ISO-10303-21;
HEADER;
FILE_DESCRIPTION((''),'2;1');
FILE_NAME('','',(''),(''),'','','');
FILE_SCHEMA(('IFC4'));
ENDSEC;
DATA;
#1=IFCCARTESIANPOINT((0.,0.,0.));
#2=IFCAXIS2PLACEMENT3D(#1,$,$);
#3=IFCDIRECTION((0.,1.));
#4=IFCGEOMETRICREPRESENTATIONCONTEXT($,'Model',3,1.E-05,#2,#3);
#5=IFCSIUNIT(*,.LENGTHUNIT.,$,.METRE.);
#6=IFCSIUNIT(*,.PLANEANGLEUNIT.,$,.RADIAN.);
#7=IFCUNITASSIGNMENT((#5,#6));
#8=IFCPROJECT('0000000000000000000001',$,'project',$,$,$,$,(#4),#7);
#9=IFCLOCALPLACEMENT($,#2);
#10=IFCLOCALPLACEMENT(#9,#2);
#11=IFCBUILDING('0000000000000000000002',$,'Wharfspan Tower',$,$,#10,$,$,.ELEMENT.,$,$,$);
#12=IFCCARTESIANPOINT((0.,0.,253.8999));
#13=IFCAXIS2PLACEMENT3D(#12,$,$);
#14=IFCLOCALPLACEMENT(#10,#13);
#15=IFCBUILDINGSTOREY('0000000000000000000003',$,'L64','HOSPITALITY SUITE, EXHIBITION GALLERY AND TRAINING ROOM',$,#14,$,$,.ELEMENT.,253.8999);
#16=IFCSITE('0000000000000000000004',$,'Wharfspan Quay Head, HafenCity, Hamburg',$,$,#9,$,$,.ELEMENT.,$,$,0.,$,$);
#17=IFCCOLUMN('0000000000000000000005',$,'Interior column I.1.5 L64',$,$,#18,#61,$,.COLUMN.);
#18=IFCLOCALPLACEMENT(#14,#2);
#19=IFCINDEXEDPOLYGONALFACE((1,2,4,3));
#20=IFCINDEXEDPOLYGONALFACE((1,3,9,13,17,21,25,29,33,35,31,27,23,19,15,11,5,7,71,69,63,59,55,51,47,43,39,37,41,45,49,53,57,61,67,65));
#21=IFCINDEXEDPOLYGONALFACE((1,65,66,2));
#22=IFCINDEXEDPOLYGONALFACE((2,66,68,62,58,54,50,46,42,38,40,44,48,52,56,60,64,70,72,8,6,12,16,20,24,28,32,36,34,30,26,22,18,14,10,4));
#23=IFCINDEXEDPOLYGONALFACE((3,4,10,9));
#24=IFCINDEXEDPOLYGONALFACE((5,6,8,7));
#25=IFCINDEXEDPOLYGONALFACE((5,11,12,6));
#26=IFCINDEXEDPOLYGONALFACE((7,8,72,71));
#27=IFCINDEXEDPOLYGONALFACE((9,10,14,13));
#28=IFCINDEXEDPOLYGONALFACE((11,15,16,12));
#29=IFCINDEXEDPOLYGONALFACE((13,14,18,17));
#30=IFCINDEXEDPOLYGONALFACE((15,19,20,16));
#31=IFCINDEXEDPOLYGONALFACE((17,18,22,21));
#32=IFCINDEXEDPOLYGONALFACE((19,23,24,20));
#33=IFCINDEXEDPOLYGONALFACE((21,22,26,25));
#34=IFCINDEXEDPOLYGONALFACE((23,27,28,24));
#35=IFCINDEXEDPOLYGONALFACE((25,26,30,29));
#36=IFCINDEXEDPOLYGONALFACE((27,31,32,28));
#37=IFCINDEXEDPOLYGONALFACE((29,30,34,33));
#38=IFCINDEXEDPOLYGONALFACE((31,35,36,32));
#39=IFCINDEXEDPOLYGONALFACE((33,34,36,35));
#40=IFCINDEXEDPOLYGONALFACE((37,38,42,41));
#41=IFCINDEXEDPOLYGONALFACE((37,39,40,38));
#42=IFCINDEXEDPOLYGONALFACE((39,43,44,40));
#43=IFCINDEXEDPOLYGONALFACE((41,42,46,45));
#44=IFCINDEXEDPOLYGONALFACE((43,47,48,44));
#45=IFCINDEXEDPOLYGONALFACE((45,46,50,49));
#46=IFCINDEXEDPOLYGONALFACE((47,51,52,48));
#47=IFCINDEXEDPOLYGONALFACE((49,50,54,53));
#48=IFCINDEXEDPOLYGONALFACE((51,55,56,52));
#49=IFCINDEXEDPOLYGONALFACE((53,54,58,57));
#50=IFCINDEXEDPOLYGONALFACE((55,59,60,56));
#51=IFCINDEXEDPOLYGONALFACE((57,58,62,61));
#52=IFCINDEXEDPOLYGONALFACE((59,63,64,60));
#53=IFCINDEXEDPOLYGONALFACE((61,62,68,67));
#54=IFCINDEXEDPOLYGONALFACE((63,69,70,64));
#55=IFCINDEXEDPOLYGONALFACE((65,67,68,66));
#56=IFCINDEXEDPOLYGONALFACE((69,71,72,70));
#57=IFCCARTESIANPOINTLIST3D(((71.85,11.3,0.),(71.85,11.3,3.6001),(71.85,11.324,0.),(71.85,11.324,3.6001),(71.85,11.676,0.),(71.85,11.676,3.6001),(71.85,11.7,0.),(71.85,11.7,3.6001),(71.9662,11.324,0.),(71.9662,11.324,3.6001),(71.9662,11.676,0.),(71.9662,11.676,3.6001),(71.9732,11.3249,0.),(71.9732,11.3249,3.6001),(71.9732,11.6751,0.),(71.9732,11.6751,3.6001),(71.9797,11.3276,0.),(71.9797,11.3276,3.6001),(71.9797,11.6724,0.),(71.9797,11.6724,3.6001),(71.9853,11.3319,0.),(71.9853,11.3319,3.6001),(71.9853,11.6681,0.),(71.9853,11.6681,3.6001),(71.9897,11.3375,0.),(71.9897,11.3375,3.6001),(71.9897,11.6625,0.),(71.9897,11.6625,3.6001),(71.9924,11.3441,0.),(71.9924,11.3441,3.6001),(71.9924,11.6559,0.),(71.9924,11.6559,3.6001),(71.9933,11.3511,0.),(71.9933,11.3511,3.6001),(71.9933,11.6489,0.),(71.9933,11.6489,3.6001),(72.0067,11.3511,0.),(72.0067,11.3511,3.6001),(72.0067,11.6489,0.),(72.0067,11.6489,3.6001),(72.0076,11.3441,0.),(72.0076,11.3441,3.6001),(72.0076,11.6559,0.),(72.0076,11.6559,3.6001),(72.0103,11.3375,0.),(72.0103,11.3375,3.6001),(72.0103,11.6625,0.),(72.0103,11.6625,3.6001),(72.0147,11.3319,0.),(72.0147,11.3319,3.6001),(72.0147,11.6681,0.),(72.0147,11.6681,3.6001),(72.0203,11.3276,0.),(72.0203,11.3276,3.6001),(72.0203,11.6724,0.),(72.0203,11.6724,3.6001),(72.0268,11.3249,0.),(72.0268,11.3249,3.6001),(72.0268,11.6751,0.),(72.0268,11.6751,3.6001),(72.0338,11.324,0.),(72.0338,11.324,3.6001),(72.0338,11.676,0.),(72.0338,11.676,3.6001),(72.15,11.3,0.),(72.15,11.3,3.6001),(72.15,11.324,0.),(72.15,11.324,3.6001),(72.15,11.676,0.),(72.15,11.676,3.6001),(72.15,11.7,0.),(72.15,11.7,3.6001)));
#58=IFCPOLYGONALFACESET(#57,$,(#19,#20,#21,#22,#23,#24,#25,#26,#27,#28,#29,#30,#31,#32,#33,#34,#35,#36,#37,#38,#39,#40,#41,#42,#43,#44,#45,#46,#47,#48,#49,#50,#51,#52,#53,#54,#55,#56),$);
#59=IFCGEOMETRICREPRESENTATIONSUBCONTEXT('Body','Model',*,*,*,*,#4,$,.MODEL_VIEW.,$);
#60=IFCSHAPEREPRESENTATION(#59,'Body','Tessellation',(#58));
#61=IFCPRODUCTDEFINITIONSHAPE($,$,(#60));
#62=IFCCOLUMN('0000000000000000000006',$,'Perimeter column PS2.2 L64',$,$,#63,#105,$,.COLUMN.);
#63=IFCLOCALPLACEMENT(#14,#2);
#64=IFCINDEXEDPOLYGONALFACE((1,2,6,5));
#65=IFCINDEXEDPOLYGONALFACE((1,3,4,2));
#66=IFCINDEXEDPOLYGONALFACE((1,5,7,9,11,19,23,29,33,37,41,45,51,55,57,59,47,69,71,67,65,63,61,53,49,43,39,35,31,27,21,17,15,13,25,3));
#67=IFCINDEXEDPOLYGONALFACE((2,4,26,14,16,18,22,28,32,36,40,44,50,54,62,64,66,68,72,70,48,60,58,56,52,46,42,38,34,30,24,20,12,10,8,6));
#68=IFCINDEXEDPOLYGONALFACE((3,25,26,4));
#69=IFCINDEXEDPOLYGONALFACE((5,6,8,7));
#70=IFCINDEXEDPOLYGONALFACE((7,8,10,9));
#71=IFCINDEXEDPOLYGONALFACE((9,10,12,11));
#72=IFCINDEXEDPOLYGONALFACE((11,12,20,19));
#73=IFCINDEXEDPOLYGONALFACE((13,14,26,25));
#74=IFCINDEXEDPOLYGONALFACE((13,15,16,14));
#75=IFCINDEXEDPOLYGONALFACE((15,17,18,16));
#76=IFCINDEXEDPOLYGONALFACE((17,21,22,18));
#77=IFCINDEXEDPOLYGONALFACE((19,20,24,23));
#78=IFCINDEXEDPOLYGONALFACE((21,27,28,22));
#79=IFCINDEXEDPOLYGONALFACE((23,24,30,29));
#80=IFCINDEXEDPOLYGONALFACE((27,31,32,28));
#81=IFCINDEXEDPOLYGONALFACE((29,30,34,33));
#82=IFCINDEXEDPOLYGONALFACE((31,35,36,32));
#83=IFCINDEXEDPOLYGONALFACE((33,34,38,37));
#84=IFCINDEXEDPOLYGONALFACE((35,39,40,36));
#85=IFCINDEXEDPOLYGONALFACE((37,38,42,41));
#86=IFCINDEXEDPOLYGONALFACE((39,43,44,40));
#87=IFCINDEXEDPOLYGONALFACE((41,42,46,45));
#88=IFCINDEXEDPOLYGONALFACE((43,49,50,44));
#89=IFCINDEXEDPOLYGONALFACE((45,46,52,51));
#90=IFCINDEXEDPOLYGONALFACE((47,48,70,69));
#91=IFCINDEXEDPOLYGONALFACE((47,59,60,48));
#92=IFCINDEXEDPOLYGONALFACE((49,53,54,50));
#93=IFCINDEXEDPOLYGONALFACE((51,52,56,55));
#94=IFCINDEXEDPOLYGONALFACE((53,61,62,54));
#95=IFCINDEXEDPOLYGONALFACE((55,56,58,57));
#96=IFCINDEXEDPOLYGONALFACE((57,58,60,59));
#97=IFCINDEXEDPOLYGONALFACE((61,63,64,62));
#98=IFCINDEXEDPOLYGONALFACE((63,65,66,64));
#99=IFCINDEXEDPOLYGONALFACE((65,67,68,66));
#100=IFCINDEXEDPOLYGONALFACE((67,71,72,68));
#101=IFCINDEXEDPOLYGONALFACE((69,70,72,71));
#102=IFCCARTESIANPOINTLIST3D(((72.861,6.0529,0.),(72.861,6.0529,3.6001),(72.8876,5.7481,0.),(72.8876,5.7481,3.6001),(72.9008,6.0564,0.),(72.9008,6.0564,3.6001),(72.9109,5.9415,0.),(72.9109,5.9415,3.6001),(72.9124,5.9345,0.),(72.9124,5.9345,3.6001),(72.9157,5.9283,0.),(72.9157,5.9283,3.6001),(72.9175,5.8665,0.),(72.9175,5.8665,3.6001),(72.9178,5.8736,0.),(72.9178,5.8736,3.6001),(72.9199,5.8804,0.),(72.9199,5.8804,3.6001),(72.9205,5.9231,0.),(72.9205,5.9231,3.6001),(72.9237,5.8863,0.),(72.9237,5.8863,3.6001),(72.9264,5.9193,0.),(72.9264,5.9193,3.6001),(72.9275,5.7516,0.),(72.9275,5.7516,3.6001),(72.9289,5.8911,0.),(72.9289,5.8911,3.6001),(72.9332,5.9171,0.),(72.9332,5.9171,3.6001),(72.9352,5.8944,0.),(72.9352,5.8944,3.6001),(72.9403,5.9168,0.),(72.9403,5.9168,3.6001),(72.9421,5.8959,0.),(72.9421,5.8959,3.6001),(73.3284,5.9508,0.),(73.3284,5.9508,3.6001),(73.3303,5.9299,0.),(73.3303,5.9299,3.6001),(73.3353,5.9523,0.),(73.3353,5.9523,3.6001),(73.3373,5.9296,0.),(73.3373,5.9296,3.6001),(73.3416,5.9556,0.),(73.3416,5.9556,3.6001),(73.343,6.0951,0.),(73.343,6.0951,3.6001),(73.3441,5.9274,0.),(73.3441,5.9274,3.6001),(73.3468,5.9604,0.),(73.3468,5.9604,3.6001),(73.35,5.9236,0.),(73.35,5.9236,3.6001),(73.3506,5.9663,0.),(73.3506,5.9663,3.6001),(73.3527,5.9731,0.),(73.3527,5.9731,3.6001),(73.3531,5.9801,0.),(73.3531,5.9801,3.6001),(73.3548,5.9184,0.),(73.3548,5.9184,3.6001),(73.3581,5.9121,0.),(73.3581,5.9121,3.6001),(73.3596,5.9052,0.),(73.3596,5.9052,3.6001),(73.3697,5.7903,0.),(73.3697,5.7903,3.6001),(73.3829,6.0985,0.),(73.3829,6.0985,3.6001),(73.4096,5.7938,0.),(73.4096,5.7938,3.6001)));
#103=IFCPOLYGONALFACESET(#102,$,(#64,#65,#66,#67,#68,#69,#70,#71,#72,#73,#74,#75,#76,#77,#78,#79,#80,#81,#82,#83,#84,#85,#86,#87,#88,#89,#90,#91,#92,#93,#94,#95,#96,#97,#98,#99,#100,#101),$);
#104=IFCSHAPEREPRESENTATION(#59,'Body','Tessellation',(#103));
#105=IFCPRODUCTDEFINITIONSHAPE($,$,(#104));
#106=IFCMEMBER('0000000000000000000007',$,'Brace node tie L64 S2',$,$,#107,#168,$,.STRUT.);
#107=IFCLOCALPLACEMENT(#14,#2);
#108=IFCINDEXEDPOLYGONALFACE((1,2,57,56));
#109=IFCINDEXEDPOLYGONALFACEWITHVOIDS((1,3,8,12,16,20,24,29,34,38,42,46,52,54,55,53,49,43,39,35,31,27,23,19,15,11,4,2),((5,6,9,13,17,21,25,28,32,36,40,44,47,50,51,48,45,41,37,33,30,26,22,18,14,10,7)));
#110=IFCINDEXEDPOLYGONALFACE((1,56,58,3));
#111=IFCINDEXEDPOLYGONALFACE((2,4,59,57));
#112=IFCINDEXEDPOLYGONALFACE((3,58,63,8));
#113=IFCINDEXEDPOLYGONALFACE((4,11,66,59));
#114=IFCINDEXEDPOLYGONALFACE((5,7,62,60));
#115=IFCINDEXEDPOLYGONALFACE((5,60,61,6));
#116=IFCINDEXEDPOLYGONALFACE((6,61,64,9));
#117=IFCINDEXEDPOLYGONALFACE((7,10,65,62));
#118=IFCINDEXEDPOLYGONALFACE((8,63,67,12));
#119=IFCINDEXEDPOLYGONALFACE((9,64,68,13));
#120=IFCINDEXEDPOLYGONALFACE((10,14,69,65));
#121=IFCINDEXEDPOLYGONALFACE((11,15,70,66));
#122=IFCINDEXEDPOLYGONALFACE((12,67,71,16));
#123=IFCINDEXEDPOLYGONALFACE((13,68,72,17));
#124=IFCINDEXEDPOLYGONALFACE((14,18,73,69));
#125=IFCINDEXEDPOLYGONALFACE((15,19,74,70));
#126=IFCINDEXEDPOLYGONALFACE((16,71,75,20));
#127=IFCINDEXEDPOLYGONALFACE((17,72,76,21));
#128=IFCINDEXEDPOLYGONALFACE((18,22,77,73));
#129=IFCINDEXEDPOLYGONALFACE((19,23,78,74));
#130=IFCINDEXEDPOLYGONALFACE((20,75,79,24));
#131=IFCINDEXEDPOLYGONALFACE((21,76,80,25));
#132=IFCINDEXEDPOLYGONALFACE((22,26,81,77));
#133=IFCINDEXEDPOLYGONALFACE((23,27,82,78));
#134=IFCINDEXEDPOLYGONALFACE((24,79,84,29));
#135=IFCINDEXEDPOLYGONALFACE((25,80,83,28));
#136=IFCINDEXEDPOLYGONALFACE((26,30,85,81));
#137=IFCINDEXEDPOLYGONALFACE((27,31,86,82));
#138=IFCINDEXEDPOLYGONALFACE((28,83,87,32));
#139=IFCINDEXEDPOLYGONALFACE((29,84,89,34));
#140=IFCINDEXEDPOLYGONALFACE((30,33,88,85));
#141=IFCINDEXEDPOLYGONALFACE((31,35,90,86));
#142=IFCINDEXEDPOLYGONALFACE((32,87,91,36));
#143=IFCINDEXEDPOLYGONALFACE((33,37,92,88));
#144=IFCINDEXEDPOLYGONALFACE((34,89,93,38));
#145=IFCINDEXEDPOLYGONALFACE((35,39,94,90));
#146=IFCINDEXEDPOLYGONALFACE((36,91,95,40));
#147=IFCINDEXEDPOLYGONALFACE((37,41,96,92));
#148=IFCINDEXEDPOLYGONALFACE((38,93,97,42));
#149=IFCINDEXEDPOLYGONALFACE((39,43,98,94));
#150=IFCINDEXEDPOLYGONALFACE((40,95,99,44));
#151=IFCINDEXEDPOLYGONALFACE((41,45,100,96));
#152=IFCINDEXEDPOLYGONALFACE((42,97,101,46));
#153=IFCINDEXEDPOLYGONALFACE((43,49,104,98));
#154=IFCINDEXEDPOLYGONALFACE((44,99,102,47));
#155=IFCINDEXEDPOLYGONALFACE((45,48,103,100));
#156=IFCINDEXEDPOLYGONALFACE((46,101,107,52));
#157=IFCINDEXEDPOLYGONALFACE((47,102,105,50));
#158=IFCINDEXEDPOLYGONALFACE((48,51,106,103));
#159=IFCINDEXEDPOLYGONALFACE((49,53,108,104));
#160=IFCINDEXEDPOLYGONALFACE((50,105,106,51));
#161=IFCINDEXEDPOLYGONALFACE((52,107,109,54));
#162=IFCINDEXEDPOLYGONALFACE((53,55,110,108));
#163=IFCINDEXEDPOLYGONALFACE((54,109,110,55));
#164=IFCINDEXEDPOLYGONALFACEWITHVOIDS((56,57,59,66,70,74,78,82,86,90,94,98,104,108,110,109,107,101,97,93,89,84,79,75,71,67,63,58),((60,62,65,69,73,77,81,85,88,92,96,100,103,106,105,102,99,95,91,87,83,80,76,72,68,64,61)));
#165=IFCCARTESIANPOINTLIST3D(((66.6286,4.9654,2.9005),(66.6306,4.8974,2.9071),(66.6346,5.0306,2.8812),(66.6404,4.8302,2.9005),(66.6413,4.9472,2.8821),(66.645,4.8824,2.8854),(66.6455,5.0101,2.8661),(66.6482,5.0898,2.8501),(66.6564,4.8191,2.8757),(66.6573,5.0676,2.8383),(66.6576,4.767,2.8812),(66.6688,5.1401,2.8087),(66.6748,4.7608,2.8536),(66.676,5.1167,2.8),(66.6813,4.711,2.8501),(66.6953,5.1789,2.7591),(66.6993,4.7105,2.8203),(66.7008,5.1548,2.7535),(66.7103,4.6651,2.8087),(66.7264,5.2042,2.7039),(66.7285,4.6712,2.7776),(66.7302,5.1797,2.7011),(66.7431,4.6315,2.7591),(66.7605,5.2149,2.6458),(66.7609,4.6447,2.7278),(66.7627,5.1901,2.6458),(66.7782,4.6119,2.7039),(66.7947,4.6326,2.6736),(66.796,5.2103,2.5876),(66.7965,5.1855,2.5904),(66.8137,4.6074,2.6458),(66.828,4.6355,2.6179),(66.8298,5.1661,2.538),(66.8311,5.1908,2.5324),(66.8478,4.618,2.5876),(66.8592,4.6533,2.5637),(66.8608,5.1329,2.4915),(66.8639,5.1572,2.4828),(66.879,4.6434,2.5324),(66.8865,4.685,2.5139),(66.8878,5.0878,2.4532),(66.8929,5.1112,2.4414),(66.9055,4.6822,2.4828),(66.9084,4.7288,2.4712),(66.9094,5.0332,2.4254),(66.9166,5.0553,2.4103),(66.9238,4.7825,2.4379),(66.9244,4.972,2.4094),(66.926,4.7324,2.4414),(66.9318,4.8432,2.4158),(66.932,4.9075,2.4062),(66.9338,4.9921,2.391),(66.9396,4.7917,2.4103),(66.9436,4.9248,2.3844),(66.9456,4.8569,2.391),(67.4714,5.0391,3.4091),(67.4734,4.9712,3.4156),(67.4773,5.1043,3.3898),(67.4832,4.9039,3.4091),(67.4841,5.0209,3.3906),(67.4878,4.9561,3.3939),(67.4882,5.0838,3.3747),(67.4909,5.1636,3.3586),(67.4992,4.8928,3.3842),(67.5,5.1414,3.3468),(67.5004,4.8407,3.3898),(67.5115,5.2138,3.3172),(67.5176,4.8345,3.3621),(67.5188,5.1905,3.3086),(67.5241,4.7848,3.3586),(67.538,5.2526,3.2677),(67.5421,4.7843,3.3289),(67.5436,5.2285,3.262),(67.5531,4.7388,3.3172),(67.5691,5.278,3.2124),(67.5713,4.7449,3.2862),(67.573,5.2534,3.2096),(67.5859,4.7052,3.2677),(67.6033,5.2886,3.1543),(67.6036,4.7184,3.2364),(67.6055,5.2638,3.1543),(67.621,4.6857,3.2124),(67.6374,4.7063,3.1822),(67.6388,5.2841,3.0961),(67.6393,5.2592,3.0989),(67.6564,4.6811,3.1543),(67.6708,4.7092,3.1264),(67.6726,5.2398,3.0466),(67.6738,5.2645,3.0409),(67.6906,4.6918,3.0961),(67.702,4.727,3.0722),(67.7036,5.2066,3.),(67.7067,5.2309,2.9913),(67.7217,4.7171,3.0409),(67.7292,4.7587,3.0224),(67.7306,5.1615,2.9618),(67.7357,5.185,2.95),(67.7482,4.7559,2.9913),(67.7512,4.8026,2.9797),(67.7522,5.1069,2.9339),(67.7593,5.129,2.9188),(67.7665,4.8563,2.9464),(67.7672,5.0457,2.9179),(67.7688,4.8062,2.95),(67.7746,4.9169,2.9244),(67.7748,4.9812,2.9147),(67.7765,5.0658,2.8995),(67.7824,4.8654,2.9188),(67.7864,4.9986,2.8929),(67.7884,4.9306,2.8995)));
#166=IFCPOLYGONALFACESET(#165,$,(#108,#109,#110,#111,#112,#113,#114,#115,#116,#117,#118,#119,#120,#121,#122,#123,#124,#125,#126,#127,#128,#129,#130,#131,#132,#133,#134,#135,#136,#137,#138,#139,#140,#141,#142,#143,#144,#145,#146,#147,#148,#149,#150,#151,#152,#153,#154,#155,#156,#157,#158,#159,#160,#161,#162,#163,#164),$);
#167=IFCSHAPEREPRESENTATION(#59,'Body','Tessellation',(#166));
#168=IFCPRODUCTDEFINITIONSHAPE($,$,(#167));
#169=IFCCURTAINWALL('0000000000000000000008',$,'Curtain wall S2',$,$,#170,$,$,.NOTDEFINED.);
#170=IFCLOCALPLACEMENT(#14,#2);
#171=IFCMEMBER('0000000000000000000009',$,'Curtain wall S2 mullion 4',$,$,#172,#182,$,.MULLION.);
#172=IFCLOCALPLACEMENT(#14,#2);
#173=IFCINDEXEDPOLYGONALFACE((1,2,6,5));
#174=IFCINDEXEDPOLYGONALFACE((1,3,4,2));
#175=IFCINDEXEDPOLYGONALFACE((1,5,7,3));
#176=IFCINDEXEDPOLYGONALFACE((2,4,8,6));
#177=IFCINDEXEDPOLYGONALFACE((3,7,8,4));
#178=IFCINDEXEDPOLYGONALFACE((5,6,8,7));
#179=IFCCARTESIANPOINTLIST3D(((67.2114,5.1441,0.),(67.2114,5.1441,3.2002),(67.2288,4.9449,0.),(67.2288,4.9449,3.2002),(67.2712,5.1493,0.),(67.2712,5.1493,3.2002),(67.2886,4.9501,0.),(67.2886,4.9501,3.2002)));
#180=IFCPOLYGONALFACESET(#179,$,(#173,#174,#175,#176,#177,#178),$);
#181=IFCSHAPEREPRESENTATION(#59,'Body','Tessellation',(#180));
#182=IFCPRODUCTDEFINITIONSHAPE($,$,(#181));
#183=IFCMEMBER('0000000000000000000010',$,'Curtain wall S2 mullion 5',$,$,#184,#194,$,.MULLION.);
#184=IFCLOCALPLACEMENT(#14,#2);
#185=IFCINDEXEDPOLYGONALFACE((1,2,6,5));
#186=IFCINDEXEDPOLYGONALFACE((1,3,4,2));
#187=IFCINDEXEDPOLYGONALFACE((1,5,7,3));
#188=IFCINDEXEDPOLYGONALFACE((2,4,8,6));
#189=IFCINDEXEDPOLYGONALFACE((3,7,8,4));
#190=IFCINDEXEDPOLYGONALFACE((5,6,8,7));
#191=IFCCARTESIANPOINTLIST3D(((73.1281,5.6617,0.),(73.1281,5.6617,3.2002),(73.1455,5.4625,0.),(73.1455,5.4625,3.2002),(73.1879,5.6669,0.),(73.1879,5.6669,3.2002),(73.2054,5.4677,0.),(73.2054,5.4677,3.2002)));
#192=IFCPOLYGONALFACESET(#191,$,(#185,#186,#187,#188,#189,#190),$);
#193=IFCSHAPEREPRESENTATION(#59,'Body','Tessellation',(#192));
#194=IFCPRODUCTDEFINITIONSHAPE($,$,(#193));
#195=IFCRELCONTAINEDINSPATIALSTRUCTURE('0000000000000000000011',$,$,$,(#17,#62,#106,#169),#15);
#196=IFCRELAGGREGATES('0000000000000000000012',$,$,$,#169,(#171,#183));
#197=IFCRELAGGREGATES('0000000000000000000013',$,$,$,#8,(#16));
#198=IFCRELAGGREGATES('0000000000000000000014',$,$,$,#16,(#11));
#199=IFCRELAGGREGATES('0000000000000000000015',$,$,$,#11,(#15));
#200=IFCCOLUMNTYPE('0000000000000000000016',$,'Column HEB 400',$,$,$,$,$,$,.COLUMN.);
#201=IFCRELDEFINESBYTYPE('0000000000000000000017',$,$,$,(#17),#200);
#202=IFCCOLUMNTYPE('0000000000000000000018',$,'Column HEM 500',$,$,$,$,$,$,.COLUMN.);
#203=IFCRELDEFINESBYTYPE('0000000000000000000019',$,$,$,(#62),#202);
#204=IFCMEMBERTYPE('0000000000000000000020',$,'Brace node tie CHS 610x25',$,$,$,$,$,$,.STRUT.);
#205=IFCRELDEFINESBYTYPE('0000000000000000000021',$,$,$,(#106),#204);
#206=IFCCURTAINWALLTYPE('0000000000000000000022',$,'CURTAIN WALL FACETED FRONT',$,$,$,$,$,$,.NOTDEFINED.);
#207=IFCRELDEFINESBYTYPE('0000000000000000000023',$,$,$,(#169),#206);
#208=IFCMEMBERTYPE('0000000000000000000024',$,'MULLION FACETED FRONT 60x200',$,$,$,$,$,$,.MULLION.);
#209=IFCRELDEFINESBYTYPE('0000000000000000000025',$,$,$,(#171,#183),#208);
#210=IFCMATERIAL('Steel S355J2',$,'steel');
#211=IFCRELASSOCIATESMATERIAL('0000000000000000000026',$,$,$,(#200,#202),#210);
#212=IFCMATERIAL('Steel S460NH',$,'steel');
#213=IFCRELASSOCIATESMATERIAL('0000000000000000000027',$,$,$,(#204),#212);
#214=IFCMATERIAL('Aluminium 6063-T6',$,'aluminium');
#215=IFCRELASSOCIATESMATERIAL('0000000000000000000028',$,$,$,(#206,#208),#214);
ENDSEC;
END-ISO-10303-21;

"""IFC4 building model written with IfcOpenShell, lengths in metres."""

from ifc_helpers import new_model, si_unit, direction, frame, origin, origin_2d, place, context, subcontext, project, spatial, rectangle, hollow_circle, i_section, extrude, material, material_profile, profile_set, type_object, element, aggregate, save


model = new_model("IFC4")

# Units and contexts
model_context = context("Model", 3, precision=1e-05, world=origin(), true_north=direction((0.0, 1.0)))
body_context = subcontext(model_context, "Body", "Model", "MODEL_VIEW")
ifc_project = project(units=[si_unit("LENGTHUNIT", "METRE"), si_unit("PLANEANGLEUNIT", "RADIAN")], contexts=[model_context])

# Site, building, storey
site_placement = place(None, origin())
site = spatial("IfcSite", under=ifc_project, at=site_placement, Name="Wharfspan Quay Head, HafenCity, Hamburg", CompositionType="ELEMENT", RefElevation=0.0)
building_placement = place(site_placement, origin())
building = spatial("IfcBuilding", under=site, at=building_placement, Name="Wharfspan Tower", CompositionType="ELEMENT")
storey_placement = place(building_placement, frame((0.0, 0.0, 253.8999)))
storey = spatial("IfcBuildingStorey", under=building, at=storey_placement, Name="L64", Description="HOSPITALITY SUITE, EXHIBITION GALLERY AND TRAINING ROOM", CompositionType="ELEMENT", Elevation=253.8999)

# Columns
ifc_material_1 = material(Name="Steel S355J2", Category="steel")
ifc_material_profile_1 = material_profile(ifc_material_1, i_section(OverallWidth=0.3, OverallDepth=0.3999, WebThickness=0.0134, FlangeThickness=0.0239, FilletRadius=0.0271, at=origin_2d()))
ifc_profile_set_1 = profile_set([ifc_material_profile_1], Name="Steel S355J2")
column_type_1 = type_object("IfcColumnType", Name="Column HEB 400", PredefinedType="COLUMN", material=ifc_profile_set_1)
column_1_placement = place(storey_placement, frame((72.0, 11.5, 0.0), z_axis=(0.0, 0.0, 1.0), x_axis=(1.0, 0.0, 0.0)))
element("IfcColumn", 1, at=column_1_placement, inside=storey, type_object=column_type_1, Name="Interior column I.1.5 L64", PredefinedType="COLUMN", context=body_context, shape_type="SweptSolid", body=[
    extrude(i_section(OverallWidth=0.3, OverallDepth=0.3999, WebThickness=0.0134, FlangeThickness=0.0239, FilletRadius=0.0271, at=origin_2d()), origin(), (0.0, 0.0, 1.0), 3.6001),
])
ifc_material_profile_2 = material_profile(ifc_material_1, i_section(OverallWidth=0.3059, OverallDepth=0.5239, WebThickness=0.021, FlangeThickness=0.04, FilletRadius=0.0271, at=origin_2d()))
ifc_profile_set_2 = profile_set([ifc_material_profile_2], Name="Steel S355J2")
column_type_2 = type_object("IfcColumnType", Name="Column HEM 500", PredefinedType="COLUMN", material=ifc_profile_set_2)
column_2_placement = place(storey_placement, frame((73.1353, 5.9233, 0.0), z_axis=(0.0, 0.0, 1.0), x_axis=(0.087156, -0.996197, 0.0)))
element("IfcColumn", 2, at=column_2_placement, inside=storey, type_object=column_type_2, Name="Perimeter column PS2.2 L64", PredefinedType="COLUMN", context=body_context, shape_type="SweptSolid", body=[
    extrude(i_section(OverallWidth=0.3059, OverallDepth=0.5239, WebThickness=0.021, FlangeThickness=0.04, FilletRadius=0.0271, at=origin_2d()), origin(), (0.0, 0.0, 1.0), 3.6001),
])

# Member
ifc_material_2 = material(Name="Steel S460NH", Category="steel")
ifc_material_profile_3 = material_profile(ifc_material_2, hollow_circle(Radius=0.3049, WallThickness=0.0249, at=origin_2d()))
ifc_profile_set_3 = profile_set([ifc_material_profile_3], Name="Steel S460NH")
member_type_1 = type_object("IfcMemberType", Name="Brace node tie CHS 610x25", PredefinedType="STRUT", material=ifc_profile_set_3)
member_1_placement = place(storey_placement, frame((66.7871, 4.9111, 2.6458), z_axis=(0.853807, 0.074696, 0.515203), x_axis=(-0.087155, 0.996198, 0.000003)))
element("IfcMember", 3, at=member_1_placement, inside=storey, type_object=member_type_1, Name="Brace node tie L64 S2", PredefinedType="STRUT", context=body_context, shape_type="SweptSolid", body=[
    extrude(hollow_circle(Radius=0.3049, WallThickness=0.0249, at=origin_2d()), origin(), (0.0, 0.0, 1.0), 0.9871),
])

# Curtain wall, members
ifc_material_3 = material(Name="Aluminium 6063-T6", Category="aluminium")
curtain_wall_type = type_object("IfcCurtainWallType", Name="CURTAIN WALL FACETED FRONT", PredefinedType="NOTDEFINED", material=ifc_material_3)
curtain_wall_placement = place(storey_placement, origin())
curtain_wall = element("IfcCurtainWall", 4, at=curtain_wall_placement, inside=storey, type_object=curtain_wall_type, Name="Curtain wall S2", PredefinedType="NOTDEFINED")
ifc_material_profile_4 = material_profile(ifc_material_3, rectangle(XDim=0.2, YDim=0.0601, at=origin_2d()))
ifc_profile_set_4 = profile_set([ifc_material_profile_4], Name="Aluminium 6063-T6")
member_type_2 = type_object("IfcMemberType", Name="MULLION FACETED FRONT 60x200", PredefinedType="MULLION", material=ifc_profile_set_4)
member_2_placement = place(storey_placement, frame((67.25, 5.0471, 0.0), z_axis=(0.0, 0.0, 1.0), x_axis=(-0.087156, 0.996197, 0.0)))
member_2 = element("IfcMember", 5, at=member_2_placement, type_object=member_type_2, Name="Curtain wall S2 mullion 4", PredefinedType="MULLION", context=body_context, shape_type="SweptSolid", body=[
    extrude(rectangle(XDim=0.2, YDim=0.0601, at=origin_2d()), origin(), (0.0, 0.0, 1.0), 3.2002),
])
member_3_placement = place(storey_placement, frame((73.1667, 5.5647, 0.0), z_axis=(0.0, 0.0, 1.0), x_axis=(-0.087156, 0.996197, 0.0)))
member_3 = element("IfcMember", 6, at=member_3_placement, type_object=member_type_2, Name="Curtain wall S2 mullion 5", PredefinedType="MULLION", context=body_context, shape_type="SweptSolid", body=[
    extrude(rectangle(XDim=0.2, YDim=0.0601, at=origin_2d()), origin(), (0.0, 0.0, 1.0), 3.2002),
])

aggregate(curtain_wall, [member_2, member_3])

save(model, "model.ifc")
